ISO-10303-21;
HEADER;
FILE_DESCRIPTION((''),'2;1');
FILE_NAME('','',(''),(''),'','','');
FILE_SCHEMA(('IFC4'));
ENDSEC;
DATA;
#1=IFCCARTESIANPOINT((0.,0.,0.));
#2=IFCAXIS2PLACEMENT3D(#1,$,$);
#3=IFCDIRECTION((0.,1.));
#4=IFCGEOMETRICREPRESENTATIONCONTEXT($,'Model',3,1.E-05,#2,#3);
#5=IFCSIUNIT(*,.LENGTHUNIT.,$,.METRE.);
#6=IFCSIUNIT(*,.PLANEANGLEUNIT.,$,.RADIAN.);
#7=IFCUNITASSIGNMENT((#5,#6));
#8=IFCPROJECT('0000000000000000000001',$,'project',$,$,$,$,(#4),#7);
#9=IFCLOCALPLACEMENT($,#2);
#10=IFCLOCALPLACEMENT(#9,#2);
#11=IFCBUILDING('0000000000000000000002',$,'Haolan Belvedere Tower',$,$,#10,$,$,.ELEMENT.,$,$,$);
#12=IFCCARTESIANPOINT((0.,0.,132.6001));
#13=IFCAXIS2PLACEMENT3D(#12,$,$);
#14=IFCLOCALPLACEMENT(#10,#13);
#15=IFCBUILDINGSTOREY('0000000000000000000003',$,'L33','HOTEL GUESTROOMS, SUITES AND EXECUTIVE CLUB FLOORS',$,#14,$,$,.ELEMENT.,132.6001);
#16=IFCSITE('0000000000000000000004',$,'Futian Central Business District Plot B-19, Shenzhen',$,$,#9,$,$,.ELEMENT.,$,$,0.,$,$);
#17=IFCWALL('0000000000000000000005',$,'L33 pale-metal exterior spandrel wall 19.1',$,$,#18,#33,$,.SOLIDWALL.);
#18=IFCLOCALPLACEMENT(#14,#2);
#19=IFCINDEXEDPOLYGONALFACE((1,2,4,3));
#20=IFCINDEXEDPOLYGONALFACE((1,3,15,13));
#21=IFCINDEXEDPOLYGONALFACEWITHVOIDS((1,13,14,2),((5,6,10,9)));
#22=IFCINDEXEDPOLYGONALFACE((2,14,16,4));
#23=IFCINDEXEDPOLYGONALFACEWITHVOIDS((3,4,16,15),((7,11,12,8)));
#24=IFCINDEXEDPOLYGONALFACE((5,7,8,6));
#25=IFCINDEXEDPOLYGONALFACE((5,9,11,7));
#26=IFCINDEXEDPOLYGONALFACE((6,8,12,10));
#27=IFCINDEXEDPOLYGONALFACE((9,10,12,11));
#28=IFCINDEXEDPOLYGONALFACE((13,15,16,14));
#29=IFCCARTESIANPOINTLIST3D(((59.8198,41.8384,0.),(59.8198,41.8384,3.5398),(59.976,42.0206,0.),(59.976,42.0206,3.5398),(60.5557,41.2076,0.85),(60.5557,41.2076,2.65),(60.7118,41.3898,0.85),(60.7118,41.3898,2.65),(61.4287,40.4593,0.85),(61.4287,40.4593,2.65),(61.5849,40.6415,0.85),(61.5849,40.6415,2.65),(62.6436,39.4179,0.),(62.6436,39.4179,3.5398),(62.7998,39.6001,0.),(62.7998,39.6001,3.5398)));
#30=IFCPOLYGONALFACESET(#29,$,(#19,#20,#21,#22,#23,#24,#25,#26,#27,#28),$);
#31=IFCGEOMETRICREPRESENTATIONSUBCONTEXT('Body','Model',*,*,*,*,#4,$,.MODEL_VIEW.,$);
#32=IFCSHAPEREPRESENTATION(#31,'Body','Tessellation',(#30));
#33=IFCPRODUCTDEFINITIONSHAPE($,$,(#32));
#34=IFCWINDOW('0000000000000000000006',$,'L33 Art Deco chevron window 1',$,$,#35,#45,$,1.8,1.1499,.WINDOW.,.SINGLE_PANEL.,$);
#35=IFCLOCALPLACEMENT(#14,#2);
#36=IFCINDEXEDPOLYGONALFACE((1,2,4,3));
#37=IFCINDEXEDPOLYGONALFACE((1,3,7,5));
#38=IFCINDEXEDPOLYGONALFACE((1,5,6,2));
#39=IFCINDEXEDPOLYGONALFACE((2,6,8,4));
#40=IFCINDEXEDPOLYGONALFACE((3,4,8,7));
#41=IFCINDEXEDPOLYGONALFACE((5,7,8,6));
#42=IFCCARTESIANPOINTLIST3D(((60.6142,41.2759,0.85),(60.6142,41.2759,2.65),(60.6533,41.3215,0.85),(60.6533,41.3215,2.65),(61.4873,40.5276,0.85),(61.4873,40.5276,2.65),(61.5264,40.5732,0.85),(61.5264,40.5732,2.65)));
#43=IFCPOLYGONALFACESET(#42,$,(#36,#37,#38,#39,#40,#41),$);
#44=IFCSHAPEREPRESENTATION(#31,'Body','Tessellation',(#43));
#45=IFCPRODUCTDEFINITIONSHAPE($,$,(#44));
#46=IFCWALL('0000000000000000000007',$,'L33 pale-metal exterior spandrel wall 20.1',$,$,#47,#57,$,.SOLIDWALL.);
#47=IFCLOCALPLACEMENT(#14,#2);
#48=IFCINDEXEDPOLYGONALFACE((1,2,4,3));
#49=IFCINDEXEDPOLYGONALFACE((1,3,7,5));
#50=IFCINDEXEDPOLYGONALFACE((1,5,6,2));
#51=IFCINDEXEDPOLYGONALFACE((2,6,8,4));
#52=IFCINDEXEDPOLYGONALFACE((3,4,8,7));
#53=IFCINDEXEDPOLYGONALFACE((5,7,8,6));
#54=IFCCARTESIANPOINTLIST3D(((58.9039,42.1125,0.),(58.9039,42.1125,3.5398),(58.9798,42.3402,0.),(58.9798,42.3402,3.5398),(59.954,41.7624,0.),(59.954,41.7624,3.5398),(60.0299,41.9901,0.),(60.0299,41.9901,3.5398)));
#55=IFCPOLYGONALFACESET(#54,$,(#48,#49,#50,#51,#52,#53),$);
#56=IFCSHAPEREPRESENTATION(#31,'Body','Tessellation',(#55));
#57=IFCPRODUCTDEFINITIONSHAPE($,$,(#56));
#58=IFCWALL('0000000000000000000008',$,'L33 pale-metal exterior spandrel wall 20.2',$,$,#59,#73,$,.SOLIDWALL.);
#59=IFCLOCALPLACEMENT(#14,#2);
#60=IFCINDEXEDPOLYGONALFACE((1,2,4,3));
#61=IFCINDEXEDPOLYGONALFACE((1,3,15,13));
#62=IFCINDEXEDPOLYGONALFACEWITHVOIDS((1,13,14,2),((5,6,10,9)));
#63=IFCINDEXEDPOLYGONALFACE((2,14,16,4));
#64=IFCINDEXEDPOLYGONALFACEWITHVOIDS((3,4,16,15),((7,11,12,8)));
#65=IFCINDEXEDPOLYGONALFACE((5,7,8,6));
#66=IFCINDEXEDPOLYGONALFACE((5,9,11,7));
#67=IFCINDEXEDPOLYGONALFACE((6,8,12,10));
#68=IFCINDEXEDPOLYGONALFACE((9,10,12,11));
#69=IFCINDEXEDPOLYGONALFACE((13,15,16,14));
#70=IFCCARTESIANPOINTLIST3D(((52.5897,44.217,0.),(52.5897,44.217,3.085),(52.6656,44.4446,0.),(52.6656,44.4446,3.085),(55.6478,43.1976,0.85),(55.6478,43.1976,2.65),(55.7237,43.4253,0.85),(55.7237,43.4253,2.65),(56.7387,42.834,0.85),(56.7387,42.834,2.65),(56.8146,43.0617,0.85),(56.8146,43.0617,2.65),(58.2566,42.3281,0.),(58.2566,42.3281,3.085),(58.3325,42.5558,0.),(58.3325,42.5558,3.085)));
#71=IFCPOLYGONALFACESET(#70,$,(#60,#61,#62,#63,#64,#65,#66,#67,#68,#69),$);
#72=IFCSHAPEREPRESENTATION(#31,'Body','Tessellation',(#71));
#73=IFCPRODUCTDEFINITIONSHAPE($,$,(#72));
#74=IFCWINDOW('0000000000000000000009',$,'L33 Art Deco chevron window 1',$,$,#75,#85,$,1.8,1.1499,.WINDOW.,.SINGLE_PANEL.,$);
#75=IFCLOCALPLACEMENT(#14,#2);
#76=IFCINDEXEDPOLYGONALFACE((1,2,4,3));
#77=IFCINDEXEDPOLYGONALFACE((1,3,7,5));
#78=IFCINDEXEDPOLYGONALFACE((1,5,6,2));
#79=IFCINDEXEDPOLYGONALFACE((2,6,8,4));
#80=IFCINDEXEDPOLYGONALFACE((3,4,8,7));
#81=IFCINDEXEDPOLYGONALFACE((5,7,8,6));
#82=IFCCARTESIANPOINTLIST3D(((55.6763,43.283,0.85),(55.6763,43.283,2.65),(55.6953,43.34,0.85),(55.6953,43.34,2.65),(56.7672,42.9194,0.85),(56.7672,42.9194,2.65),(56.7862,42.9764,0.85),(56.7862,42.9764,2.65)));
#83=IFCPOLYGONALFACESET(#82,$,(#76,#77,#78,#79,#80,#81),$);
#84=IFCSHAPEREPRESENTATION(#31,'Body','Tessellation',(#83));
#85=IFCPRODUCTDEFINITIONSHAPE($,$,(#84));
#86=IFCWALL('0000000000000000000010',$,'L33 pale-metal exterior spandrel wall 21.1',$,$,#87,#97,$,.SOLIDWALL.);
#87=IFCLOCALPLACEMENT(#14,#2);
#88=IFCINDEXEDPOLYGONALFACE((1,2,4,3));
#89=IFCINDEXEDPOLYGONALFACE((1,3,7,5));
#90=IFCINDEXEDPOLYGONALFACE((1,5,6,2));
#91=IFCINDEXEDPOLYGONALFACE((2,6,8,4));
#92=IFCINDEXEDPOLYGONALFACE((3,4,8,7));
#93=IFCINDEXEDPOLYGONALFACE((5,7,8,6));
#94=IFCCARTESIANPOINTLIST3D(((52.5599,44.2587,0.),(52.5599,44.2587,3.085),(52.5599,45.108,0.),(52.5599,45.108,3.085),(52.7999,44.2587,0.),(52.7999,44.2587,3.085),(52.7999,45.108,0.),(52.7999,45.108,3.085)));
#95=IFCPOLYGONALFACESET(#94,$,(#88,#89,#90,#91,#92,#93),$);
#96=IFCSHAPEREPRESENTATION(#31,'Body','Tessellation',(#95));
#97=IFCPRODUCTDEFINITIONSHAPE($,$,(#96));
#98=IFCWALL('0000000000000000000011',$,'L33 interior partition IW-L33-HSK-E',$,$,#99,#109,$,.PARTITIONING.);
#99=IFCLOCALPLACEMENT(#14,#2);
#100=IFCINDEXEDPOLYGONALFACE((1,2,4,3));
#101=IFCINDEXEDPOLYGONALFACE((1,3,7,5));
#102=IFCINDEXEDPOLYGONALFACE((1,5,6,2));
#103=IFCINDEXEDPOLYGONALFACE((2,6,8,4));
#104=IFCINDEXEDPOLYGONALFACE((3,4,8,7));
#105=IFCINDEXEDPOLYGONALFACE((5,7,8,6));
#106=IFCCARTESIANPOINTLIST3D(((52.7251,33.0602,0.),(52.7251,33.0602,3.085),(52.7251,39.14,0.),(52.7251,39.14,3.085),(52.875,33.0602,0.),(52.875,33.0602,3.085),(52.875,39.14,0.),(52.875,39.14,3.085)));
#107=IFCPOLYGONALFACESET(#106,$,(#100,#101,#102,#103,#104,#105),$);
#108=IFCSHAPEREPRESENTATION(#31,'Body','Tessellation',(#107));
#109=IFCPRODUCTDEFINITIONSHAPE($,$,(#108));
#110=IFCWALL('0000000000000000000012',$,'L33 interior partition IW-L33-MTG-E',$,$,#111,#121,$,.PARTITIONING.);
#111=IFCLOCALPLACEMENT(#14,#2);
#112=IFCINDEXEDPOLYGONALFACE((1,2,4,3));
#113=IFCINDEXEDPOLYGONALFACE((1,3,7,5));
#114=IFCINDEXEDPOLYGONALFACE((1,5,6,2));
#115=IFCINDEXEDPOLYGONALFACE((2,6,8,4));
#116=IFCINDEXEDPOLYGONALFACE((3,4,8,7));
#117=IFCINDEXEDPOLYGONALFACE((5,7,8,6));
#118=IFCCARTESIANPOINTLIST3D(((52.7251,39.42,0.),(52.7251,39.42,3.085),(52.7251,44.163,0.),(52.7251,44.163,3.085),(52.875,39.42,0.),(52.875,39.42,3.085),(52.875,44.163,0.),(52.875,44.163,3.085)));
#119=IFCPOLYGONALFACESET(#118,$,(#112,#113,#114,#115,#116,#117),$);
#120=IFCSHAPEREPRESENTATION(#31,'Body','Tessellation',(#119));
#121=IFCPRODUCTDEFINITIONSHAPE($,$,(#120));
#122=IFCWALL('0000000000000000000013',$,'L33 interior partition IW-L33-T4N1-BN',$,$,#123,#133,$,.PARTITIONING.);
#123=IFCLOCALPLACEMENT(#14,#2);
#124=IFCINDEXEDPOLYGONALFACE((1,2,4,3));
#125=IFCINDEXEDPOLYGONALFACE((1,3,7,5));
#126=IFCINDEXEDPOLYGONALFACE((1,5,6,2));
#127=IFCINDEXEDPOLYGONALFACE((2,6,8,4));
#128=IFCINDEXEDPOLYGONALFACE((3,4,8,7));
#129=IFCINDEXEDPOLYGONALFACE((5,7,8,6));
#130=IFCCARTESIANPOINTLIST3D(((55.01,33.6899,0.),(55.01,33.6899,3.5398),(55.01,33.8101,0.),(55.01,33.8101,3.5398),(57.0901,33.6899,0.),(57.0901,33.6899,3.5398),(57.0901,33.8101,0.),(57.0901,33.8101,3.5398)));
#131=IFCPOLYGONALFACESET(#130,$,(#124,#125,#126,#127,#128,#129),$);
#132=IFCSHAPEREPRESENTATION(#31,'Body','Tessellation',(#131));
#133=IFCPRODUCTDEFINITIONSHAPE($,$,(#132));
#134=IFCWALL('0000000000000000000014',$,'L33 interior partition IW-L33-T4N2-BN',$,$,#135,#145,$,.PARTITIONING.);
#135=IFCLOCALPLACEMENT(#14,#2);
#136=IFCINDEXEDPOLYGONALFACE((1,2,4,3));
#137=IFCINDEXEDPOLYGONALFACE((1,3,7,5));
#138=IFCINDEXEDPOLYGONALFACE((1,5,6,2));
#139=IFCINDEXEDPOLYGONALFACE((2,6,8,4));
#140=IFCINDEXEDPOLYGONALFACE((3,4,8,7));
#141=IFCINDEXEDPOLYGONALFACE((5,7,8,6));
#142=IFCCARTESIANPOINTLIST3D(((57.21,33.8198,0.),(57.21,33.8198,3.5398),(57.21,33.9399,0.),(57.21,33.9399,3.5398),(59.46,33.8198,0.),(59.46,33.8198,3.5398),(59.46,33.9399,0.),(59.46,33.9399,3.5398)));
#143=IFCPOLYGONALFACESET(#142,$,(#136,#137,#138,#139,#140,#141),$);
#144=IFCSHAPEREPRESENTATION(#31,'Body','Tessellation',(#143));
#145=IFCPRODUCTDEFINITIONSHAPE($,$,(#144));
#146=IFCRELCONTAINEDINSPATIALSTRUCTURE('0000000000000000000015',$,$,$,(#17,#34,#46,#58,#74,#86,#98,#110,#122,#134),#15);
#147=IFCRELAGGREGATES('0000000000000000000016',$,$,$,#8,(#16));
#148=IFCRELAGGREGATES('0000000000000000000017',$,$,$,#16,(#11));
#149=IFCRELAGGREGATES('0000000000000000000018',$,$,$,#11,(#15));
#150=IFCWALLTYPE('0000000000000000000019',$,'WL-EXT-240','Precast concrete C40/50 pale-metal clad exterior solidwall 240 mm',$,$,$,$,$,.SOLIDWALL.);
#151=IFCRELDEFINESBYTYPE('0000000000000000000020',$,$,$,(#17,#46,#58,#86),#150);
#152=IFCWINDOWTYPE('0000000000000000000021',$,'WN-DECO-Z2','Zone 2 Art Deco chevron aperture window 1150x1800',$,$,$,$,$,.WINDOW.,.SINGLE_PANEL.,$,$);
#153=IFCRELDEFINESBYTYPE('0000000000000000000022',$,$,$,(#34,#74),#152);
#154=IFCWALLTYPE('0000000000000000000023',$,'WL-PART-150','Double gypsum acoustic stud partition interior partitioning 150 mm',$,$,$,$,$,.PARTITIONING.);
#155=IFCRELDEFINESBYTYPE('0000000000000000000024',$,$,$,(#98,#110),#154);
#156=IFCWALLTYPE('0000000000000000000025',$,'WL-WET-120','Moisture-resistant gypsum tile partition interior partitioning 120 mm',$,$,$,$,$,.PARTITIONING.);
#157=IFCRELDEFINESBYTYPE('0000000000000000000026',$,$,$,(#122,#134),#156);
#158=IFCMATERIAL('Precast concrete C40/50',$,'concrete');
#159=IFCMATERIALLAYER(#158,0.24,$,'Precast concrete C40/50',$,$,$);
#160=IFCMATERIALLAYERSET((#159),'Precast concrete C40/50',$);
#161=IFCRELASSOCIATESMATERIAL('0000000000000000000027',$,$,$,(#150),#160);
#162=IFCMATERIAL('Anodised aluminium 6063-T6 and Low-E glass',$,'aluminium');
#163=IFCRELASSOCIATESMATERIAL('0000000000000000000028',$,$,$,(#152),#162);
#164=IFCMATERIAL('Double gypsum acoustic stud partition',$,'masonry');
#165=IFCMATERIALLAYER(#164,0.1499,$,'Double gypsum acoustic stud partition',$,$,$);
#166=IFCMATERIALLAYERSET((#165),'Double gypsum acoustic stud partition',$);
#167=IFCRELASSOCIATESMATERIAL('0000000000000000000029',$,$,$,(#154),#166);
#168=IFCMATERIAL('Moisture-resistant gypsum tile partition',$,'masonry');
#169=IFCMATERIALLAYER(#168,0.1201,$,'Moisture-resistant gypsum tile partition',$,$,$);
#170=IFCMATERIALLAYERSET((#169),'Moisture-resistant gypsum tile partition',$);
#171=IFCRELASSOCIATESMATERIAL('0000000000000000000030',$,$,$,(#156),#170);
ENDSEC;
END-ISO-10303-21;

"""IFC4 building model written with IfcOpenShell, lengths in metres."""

from ifc_helpers import new_model, si_unit, direction, frame, frame_2d, origin, place, context, subcontext, project, spatial, rectangle, extrude, material, layer, layer_set, type_object, element, fill, save


model = new_model("IFC4")

# Units and contexts
model_context = context("Model", 3, precision=1e-05, world=origin(), true_north=direction((0.0, 1.0)))
body_context = subcontext(model_context, "Body", "Model", "MODEL_VIEW")
ifc_project = project(units=[si_unit("LENGTHUNIT", "METRE"), si_unit("PLANEANGLEUNIT", "RADIAN")], contexts=[model_context])

# Site, building, storey
site_placement = place(None, origin())
site = spatial("IfcSite", under=ifc_project, at=site_placement, Name="Futian Central Business District Plot B-19, Shenzhen", CompositionType="ELEMENT", RefElevation=0.0)
building_placement = place(site_placement, origin())
building = spatial("IfcBuilding", under=site, at=building_placement, Name="Haolan Belvedere Tower", CompositionType="ELEMENT")
storey_placement = place(building_placement, frame((0.0, 0.0, 132.6001)))
storey = spatial("IfcBuildingStorey", under=building, at=storey_placement, Name="L33", Description="HOTEL GUESTROOMS, SUITES AND EXECUTIVE CLUB FLOORS", CompositionType="ELEMENT", Elevation=132.6001)

# Shared definitions
ifc_material_1 = material(Name="Precast concrete C40/50", Category="concrete")
ifc_layer_1 = layer(ifc_material_1, 0.24, Name="Precast concrete C40/50")
ifc_layer_set_1 = layer_set([ifc_layer_1], Name="Precast concrete C40/50")
wall_type_1 = type_object("IfcWallType", Name="WL-EXT-240", Description="Precast concrete C40/50 pale-metal clad exterior solidwall 240 mm", PredefinedType="SOLIDWALL", material=ifc_layer_set_1)

# Wall, opening, window
wall_1_placement = place(storey_placement, frame((62.7217, 39.509, 0.0), z_axis=(0.0, 0.0, 1.0), x_axis=(-0.759247, 0.650802, 0.0)))
wall_1 = element("IfcWall", 1, at=wall_1_placement, inside=storey, type_object=wall_type_1, Name="L33 pale-metal exterior spandrel wall 19.1", PredefinedType="SOLIDWALL", context=body_context, shape_type="SweptSolid", body=[
    extrude(rectangle(XDim=3.7192, YDim=0.24, at=frame_2d((1.8596, 0.0))), origin(), (0.0, 0.0, 1.0), 3.5398),
])
opening_1_placement = place(wall_1_placement, frame((1.6001, 0.0, 0.8501)))
opening_1 = element("IfcOpeningElement", 2, at=opening_1_placement, cuts=wall_1, PredefinedType="OPENING", context=body_context, shape_type="SweptSolid", body=[
    extrude(rectangle(XDim=1.1499, YDim=1.8, at=frame_2d((0.575, 0.8999))), frame((0.0, 0.1299, 0.0), z_axis=(0.0, -1.0, 0.0), x_axis=(1.0, 0.0, 0.0)), (0.0, 0.0, 1.0), 0.26),
])
ifc_material_2 = material(Name="Anodised aluminium 6063-T6 and Low-E glass", Category="aluminium")
window_type = type_object("IfcWindowType", Name="WN-DECO-Z2", Description="Zone 2 Art Deco chevron aperture window 1150x1800", PartitioningType="SINGLE_PANEL", PredefinedType="WINDOW", material=ifc_material_2)
window_1_placement = place(opening_1_placement, origin())
window_1 = element("IfcWindow", 3, at=window_1_placement, inside=storey, type_object=window_type, Name="L33 Art Deco chevron window 1", OverallHeight=1.8, OverallWidth=1.1499, PartitioningType="SINGLE_PANEL", PredefinedType="WINDOW", context=body_context, shape_type="SweptSolid", body=[
    extrude(rectangle(XDim=1.1499, YDim=1.8, at=frame_2d((0.575, 0.8999))), frame((0.0, 0.03, 0.0), z_axis=(0.0, -1.0, 0.0), x_axis=(1.0, 0.0, 0.0)), (0.0, 0.0, 1.0), 0.0601),
])
fill(opening_1, window_1)

# Wall
wall_2_placement = place(storey_placement, frame((59.9919, 41.8762, 0.0), z_axis=(0.0, 0.0, 1.0), x_axis=(-0.948661, 0.316294, 0.0)))
element("IfcWall", 4, at=wall_2_placement, inside=storey, type_object=wall_type_1, Name="L33 pale-metal exterior spandrel wall 20.1", PredefinedType="SOLIDWALL", context=body_context, shape_type="SweptSolid", body=[
    extrude(rectangle(XDim=1.1069, YDim=0.24, at=frame_2d((0.5535, 0.0))), origin(), (0.0, 0.0, 1.0), 3.5398),
])

# Wall, opening, window
wall_3_placement = place(storey_placement, frame((58.2947, 42.4419, 0.0), z_axis=(0.0, 0.0, 1.0), x_axis=(-0.948687, 0.316216, 0.0)))
wall_3 = element("IfcWall", 5, at=wall_3_placement, inside=storey, type_object=wall_type_1, Name="L33 pale-metal exterior spandrel wall 20.2", PredefinedType="SOLIDWALL", context=body_context, shape_type="SweptSolid", body=[
    extrude(rectangle(XDim=5.9734, YDim=0.24, at=frame_2d((2.9868, 0.0))), origin(), (0.0, 0.0, 1.0), 3.085),
])
opening_2_placement = place(wall_3_placement, frame((1.6001, 0.0, 0.8501)))
opening_2 = element("IfcOpeningElement", 6, at=opening_2_placement, cuts=wall_3, PredefinedType="OPENING", context=body_context, shape_type="SweptSolid", body=[
    extrude(rectangle(XDim=1.1499, YDim=1.8, at=frame_2d((0.575, 0.8999))), frame((0.0, 0.1299, 0.0), z_axis=(0.0, -1.0, 0.0), x_axis=(1.0, 0.0, 0.0)), (0.0, 0.0, 1.0), 0.26),
])
window_2_placement = place(opening_2_placement, origin())
window_2 = element("IfcWindow", 7, at=window_2_placement, inside=storey, type_object=window_type, Name="L33 Art Deco chevron window 1", OverallHeight=1.8, OverallWidth=1.1499, PartitioningType="SINGLE_PANEL", PredefinedType="WINDOW", context=body_context, shape_type="SweptSolid", body=[
    extrude(rectangle(XDim=1.1499, YDim=1.8, at=frame_2d((0.575, 0.8999))), frame((0.0, 0.03, 0.0), z_axis=(0.0, -1.0, 0.0), x_axis=(1.0, 0.0, 0.0)), (0.0, 0.0, 1.0), 0.0601),
])
fill(opening_2, window_2)

# Walls
wall_4_placement = place(storey_placement, frame((52.6799, 44.2585, 0.0), z_axis=(0.0, 0.0, 1.0), x_axis=(0.0, 1.0, 0.0)))
element("IfcWall", 8, at=wall_4_placement, inside=storey, type_object=wall_type_1, Name="L33 pale-metal exterior spandrel wall 21.1", PredefinedType="SOLIDWALL", context=body_context, shape_type="SweptSolid", body=[
    extrude(rectangle(XDim=0.8494, YDim=0.24, at=frame_2d((0.4248, 0.0))), origin(), (0.0, 0.0, 1.0), 3.085),
])
ifc_material_3 = material(Name="Double gypsum acoustic stud partition", Category="masonry")
ifc_layer_2 = layer(ifc_material_3, 0.1499, Name="Double gypsum acoustic stud partition")
ifc_layer_set_2 = layer_set([ifc_layer_2], Name="Double gypsum acoustic stud partition")
wall_type_2 = type_object("IfcWallType", Name="WL-PART-150", Description="Double gypsum acoustic stud partition interior partitioning 150 mm", PredefinedType="PARTITIONING", material=ifc_layer_set_2)
wall_5_placement = place(storey_placement, frame((52.8, 33.0601, 0.0), z_axis=(0.0, 0.0, 1.0), x_axis=(0.0, 1.0, 0.0)))
element("IfcWall", 9, at=wall_5_placement, inside=storey, type_object=wall_type_2, Name="L33 interior partition IW-L33-HSK-E", PredefinedType="PARTITIONING", context=body_context, shape_type="SweptSolid", body=[
    extrude(rectangle(XDim=6.0798, YDim=0.1499, at=frame_2d((3.04, 0.0))), origin(), (0.0, 0.0, 1.0), 3.085),
])
wall_6_placement = place(storey_placement, frame((52.8, 39.4199, 0.0), z_axis=(0.0, 0.0, 1.0), x_axis=(0.0, 1.0, 0.0)))
element("IfcWall", 10, at=wall_6_placement, inside=storey, type_object=wall_type_2, Name="L33 interior partition IW-L33-MTG-E", PredefinedType="PARTITIONING", context=body_context, shape_type="SweptSolid", body=[
    extrude(rectangle(XDim=4.7429, YDim=0.1499, at=frame_2d((2.3716, 0.0))), origin(), (0.0, 0.0, 1.0), 3.085),
])
ifc_material_4 = material(Name="Moisture-resistant gypsum tile partition", Category="masonry")
ifc_layer_3 = layer(ifc_material_4, 0.1201, Name="Moisture-resistant gypsum tile partition")
ifc_layer_set_3 = layer_set([ifc_layer_3], Name="Moisture-resistant gypsum tile partition")
wall_type_3 = type_object("IfcWallType", Name="WL-WET-120", Description="Moisture-resistant gypsum tile partition interior partitioning 120 mm", PredefinedType="PARTITIONING", material=ifc_layer_set_3)
wall_7_placement = place(storey_placement, frame((55.01, 33.75, 0.0), z_axis=(0.0, 0.0, 1.0), x_axis=(1.0, 0.0, 0.0)))
element("IfcWall", 11, at=wall_7_placement, inside=storey, type_object=wall_type_3, Name="L33 interior partition IW-L33-T4N1-BN", PredefinedType="PARTITIONING", context=body_context, shape_type="SweptSolid", body=[
    extrude(rectangle(XDim=2.0801, YDim=0.1201, at=frame_2d((1.04, 0.0))), origin(), (0.0, 0.0, 1.0), 3.5398),
])
wall_8_placement = place(storey_placement, frame((57.21, 33.8799, 0.0), z_axis=(0.0, 0.0, 1.0), x_axis=(1.0, 0.0, 0.0)))
element("IfcWall", 12, at=wall_8_placement, inside=storey, type_object=wall_type_3, Name="L33 interior partition IW-L33-T4N2-BN", PredefinedType="PARTITIONING", context=body_context, shape_type="SweptSolid", body=[
    extrude(rectangle(XDim=2.25, YDim=0.1201, at=frame_2d((1.125, 0.0))), origin(), (0.0, 0.0, 1.0), 3.5398),
])

save(model, "model.ifc")
